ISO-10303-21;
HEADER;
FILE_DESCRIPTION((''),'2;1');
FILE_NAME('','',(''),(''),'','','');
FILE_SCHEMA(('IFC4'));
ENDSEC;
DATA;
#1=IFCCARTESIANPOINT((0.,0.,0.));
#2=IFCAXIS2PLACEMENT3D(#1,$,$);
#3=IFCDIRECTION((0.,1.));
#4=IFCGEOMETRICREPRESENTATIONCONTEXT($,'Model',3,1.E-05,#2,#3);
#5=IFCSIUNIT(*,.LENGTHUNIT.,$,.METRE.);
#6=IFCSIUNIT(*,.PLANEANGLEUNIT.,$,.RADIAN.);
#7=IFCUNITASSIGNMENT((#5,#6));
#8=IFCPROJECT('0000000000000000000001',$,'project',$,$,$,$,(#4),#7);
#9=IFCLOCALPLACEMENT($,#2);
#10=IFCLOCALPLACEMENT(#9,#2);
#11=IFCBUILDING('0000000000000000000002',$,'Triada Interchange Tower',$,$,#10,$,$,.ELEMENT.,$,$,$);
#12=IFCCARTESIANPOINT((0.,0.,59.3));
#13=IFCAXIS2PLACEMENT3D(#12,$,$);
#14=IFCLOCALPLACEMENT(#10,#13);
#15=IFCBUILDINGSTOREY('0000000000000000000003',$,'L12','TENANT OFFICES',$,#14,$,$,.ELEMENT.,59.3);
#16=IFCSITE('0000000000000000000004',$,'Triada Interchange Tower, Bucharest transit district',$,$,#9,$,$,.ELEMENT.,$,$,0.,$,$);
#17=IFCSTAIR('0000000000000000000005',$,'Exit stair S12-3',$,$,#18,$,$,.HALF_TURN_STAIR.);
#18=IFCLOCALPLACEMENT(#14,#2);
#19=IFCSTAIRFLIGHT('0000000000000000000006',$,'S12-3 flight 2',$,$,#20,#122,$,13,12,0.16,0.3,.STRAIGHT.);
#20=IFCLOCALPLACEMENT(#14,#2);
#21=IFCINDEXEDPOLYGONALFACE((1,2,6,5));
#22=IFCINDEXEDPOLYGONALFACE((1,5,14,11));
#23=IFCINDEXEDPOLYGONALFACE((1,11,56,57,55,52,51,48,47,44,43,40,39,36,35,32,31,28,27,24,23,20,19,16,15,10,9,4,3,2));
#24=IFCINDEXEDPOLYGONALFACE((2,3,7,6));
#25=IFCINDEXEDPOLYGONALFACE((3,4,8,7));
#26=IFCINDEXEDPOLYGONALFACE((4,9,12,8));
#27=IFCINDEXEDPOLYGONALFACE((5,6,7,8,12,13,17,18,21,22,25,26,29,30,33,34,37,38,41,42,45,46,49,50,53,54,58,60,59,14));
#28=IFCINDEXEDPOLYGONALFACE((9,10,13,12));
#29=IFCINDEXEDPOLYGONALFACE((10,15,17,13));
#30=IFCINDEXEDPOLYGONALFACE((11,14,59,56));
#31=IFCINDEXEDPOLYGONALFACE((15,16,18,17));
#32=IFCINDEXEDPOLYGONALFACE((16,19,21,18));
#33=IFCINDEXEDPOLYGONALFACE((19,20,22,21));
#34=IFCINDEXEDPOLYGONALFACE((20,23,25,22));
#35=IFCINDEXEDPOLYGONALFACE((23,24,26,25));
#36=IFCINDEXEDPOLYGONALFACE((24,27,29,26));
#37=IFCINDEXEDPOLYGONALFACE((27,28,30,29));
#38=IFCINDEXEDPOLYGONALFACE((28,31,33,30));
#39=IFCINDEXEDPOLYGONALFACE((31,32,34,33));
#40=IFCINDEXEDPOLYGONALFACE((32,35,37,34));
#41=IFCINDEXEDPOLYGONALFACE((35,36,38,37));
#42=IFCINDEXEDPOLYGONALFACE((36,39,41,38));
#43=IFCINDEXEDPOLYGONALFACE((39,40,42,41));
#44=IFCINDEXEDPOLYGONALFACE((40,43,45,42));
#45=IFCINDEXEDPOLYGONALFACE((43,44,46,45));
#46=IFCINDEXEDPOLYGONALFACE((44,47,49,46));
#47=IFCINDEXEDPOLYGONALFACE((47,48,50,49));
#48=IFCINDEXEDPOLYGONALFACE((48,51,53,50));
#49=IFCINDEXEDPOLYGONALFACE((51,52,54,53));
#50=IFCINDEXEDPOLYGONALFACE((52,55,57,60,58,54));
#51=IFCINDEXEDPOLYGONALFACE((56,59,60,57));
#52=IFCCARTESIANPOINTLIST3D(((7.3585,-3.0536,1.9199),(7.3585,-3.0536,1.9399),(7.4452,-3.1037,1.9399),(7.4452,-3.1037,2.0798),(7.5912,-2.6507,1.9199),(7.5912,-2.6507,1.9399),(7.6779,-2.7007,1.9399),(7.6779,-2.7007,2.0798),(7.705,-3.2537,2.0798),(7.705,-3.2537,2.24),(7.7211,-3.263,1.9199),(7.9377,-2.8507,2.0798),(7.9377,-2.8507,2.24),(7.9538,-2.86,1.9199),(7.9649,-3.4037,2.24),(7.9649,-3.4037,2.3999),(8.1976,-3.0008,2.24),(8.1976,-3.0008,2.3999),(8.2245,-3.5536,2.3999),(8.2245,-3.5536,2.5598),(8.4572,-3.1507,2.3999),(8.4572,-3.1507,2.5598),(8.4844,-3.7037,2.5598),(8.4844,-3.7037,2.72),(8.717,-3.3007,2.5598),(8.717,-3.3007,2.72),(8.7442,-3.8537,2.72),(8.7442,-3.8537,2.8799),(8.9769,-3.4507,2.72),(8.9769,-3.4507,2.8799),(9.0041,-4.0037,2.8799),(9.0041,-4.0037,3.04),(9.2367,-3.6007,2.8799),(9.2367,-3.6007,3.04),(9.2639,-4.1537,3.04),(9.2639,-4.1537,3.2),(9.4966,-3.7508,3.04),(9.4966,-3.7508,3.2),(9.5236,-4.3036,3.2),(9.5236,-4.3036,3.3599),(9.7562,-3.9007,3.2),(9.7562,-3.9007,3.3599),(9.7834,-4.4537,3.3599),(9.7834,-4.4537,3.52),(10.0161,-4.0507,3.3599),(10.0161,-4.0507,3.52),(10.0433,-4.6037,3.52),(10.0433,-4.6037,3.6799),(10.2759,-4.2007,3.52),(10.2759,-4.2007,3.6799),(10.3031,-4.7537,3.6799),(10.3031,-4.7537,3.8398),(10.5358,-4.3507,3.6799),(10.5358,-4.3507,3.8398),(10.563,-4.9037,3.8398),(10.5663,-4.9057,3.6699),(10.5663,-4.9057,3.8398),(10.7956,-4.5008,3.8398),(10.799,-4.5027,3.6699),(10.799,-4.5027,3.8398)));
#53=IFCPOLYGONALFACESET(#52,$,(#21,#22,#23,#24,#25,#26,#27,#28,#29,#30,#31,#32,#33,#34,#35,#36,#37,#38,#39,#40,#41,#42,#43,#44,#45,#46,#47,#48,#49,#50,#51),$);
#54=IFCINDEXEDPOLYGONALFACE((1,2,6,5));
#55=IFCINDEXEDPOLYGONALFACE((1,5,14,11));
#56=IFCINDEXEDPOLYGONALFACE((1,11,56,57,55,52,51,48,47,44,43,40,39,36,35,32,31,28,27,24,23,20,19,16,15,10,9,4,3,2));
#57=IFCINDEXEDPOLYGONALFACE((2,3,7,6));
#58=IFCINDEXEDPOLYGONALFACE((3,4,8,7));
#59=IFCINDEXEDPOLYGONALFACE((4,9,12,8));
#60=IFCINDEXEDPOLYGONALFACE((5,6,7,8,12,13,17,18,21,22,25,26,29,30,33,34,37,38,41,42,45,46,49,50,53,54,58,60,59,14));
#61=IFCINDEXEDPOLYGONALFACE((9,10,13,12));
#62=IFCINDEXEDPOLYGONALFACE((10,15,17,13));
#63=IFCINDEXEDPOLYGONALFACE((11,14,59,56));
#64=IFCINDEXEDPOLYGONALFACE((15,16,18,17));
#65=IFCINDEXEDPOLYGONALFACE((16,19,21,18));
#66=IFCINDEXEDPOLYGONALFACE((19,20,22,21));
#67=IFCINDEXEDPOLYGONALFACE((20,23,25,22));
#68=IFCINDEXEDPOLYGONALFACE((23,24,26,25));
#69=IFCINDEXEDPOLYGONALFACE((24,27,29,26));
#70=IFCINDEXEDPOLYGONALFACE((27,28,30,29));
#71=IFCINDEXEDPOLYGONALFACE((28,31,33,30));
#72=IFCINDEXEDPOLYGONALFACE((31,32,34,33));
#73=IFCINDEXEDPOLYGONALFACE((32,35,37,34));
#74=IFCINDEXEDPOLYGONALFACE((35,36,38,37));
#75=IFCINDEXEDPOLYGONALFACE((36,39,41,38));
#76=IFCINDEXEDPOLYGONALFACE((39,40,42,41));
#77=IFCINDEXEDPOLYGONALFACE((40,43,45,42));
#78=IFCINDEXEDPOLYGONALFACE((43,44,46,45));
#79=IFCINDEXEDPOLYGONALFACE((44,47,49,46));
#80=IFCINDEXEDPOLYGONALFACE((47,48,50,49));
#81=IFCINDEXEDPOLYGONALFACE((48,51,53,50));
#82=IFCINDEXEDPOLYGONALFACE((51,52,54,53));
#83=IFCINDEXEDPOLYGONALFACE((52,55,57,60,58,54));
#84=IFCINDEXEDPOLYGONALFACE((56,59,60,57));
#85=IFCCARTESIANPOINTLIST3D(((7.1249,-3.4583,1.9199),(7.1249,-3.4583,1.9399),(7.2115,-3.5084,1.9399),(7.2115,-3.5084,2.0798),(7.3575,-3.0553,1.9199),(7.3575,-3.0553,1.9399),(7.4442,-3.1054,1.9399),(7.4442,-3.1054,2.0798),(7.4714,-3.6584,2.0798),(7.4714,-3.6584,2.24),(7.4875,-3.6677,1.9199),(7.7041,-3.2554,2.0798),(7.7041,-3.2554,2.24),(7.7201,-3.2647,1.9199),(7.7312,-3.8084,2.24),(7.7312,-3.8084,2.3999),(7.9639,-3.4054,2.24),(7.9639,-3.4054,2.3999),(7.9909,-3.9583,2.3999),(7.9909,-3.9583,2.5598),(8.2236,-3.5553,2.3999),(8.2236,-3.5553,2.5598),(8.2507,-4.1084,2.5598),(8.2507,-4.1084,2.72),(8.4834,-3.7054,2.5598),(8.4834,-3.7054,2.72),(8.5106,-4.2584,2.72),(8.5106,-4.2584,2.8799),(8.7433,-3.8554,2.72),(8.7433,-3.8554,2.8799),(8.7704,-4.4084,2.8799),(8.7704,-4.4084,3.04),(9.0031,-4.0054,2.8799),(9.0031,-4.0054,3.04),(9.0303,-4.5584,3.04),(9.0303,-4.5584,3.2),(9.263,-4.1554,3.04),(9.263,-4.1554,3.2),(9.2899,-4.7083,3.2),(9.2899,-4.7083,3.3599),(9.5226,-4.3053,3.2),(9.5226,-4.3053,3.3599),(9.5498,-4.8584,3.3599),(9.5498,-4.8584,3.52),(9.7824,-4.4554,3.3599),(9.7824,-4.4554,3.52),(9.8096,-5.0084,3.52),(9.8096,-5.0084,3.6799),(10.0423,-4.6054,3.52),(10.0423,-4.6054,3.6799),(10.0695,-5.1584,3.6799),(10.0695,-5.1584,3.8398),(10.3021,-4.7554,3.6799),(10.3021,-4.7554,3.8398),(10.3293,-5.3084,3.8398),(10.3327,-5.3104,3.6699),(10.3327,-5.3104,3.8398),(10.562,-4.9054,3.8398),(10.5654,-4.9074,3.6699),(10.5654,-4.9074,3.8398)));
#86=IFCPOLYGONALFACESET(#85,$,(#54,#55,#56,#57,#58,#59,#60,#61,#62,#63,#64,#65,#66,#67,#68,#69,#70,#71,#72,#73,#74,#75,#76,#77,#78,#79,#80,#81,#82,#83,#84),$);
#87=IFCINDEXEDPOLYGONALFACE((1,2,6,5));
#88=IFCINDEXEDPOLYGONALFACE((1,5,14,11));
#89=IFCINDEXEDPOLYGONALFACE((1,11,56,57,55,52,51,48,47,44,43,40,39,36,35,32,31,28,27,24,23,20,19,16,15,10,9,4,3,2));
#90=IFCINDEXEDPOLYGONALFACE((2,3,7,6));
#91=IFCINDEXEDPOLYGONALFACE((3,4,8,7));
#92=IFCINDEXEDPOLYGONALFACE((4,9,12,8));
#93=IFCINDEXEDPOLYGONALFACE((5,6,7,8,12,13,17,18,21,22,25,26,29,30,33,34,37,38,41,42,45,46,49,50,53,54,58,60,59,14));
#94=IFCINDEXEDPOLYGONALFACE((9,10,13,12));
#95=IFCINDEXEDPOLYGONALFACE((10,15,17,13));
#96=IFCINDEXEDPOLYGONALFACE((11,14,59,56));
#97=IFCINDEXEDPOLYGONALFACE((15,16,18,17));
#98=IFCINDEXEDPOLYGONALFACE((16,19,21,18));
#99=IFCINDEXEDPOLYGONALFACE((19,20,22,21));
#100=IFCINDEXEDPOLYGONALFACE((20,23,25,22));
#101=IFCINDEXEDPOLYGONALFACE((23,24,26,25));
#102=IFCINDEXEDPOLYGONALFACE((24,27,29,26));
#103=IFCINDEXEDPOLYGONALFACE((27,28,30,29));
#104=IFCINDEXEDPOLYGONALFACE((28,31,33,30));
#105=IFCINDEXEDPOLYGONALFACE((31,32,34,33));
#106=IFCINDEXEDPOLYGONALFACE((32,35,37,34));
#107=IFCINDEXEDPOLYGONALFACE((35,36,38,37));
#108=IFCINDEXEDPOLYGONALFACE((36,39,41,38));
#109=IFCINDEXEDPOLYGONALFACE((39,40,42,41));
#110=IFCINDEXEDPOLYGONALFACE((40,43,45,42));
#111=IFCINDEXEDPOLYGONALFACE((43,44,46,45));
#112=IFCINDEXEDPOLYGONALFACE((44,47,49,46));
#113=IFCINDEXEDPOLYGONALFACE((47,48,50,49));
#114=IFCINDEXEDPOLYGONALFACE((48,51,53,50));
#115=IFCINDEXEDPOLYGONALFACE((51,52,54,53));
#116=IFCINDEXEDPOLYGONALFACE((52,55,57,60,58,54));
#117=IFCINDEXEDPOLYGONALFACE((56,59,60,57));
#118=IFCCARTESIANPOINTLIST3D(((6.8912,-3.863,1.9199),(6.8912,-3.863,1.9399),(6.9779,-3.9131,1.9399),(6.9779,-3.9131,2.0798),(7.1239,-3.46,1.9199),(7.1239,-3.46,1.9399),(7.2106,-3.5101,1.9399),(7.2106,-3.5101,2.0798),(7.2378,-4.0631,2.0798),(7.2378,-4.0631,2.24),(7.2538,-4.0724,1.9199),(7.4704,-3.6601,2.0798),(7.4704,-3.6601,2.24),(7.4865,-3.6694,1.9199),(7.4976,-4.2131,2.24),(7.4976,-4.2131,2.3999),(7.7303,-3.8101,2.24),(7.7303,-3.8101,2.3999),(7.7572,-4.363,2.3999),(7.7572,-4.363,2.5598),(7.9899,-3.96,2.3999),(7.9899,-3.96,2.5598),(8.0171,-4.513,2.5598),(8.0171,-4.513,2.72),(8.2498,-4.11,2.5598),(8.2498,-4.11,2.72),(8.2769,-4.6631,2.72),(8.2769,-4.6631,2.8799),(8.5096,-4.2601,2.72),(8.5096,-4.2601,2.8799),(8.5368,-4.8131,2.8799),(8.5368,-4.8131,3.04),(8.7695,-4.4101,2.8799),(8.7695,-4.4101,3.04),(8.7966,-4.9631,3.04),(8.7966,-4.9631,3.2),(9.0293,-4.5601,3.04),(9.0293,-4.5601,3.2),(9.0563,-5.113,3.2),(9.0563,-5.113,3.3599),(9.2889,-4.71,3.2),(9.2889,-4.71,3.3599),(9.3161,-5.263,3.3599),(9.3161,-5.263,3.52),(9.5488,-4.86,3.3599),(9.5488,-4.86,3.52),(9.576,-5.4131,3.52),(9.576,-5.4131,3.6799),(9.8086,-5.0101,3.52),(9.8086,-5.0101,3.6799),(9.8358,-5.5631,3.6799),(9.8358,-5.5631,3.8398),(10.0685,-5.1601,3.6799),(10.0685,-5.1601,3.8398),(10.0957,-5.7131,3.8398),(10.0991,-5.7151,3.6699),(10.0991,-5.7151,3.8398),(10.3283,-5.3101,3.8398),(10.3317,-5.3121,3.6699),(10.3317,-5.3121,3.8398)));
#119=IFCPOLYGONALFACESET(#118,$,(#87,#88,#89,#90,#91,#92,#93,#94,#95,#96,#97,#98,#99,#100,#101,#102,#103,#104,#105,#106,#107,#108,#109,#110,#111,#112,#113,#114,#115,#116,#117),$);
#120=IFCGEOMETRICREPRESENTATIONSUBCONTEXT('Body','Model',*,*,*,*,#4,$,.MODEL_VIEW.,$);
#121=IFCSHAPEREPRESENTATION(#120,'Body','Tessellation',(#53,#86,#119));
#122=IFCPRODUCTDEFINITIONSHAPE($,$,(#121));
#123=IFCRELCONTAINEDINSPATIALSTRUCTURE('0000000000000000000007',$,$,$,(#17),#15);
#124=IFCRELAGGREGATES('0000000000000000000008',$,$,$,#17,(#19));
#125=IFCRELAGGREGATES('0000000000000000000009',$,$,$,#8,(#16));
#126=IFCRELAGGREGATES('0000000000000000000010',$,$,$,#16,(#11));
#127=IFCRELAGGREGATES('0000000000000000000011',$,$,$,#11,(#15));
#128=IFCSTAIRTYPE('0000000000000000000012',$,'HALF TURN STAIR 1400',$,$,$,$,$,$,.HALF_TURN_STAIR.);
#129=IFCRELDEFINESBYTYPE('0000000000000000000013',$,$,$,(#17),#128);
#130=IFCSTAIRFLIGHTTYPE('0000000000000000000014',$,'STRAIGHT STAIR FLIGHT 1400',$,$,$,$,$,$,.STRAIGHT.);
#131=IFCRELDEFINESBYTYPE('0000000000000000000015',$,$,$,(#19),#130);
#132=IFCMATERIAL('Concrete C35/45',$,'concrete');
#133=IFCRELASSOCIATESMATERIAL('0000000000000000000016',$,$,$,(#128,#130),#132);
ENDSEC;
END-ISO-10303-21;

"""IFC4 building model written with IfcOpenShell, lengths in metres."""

from ifc_helpers import new_model, si_unit, direction, frame, origin, place, context, subcontext, project, spatial, polyline, outline, extrude, material, type_object, element, aggregate, save


model = new_model("IFC4")

# Units and contexts
model_context = context("Model", 3, precision=1e-05, world=origin(), true_north=direction((0.0, 1.0)))
body_context = subcontext(model_context, "Body", "Model", "MODEL_VIEW")
ifc_project = project(units=[si_unit("LENGTHUNIT", "METRE"), si_unit("PLANEANGLEUNIT", "RADIAN")], contexts=[model_context])

# Site, building, storey
site_placement = place(None, origin())
site = spatial("IfcSite", under=ifc_project, at=site_placement, Name="Triada Interchange Tower, Bucharest transit district", CompositionType="ELEMENT", RefElevation=0.0)
building_placement = place(site_placement, origin())
building = spatial("IfcBuilding", under=site, at=building_placement, Name="Triada Interchange Tower", CompositionType="ELEMENT")
storey_placement = place(building_placement, frame((0.0, 0.0, 59.3)))
storey = spatial("IfcBuildingStorey", under=building, at=storey_placement, Name="L12", Description="TENANT OFFICES", CompositionType="ELEMENT", Elevation=59.3)

# Stair, stair flight
ifc_material_1 = material(Name="Concrete C35/45", Category="concrete")
stair_type = type_object("IfcStairType", Name="HALF TURN STAIR 1400", PredefinedType="HALF_TURN_STAIR", material=ifc_material_1)
stair_placement = place(storey_placement, origin())
stair = element("IfcStair", 1, at=stair_placement, inside=storey, type_object=stair_type, Name="Exit stair S12-3", PredefinedType="HALF_TURN_STAIR")
stair_flight_type = type_object("IfcStairFlightType", Name="STRAIGHT STAIR FLIGHT 1400", PredefinedType="STRAIGHT", material=ifc_material_1)
stair_flight_1_placement = place(storey_placement, frame((7.3279, -3.3069, 1.9199), z_axis=(0.0, 0.0, 1.0), x_axis=(0.866025, -0.5, 0.0)))
stair_flight_1 = element("IfcStairFlight", 2, at=stair_flight_1_placement, type_object=stair_flight_type, Name="S12-3 flight 2", NumberOfRisers=13, NumberOfTreads=12, PredefinedType="STRAIGHT", RiserHeight=0.16, TreadLength=0.3, context=body_context, shape_type="SweptSolid", body=[
    extrude(outline(polyline([(-0.1001, 0.0), (-0.1001, 0.02), (0.0, 0.02), (0.0, 0.1599), (0.3, 0.1599), (0.3, 0.3201), (0.6001, 0.3201), (0.6001, 0.48), (0.8999, 0.48), (0.8999, 0.6399), (1.2, 0.6399), (1.2, 0.8), (1.5, 0.8), (1.5, 0.96), (1.8, 0.96), (1.8, 1.1201), (2.1001, 1.1201), (2.1001, 1.28), (2.3999, 1.28), (2.3999, 1.4399), (2.7, 1.4399), (2.7, 1.6001), (3.0, 1.6001), (3.0, 1.76), (3.3, 1.76), (3.3, 1.9199), (3.6001, 1.9199), (3.604, 1.9199), (3.604, 2.0801), (3.604, 1.75), (0.3186, 0.0), (-0.1001, 0.0)])), frame((0.0, 0.7, 0.0), z_axis=(0.0, -1.0, 0.0), x_axis=(1.0, 0.0, 0.0)), (0.0, 0.0, 1.0), 0.4653),
    extrude(outline(polyline([(-0.1001, 0.0), (-0.1001, 0.02), (0.0, 0.02), (0.0, 0.1599), (0.3, 0.1599), (0.3, 0.3201), (0.6001, 0.3201), (0.6001, 0.48), (0.8999, 0.48), (0.8999, 0.6399), (1.2, 0.6399), (1.2, 0.8), (1.5, 0.8), (1.5, 0.96), (1.8, 0.96), (1.8, 1.1201), (2.1001, 1.1201), (2.1001, 1.28), (2.3999, 1.28), (2.3999, 1.4399), (2.7, 1.4399), (2.7, 1.6001), (3.0, 1.6001), (3.0, 1.76), (3.3, 1.76), (3.3, 1.9199), (3.6001, 1.9199), (3.604, 1.9199), (3.604, 2.0801), (3.604, 1.75), (0.3186, 0.0), (-0.1001, 0.0)])), frame((0.0, 0.2327, 0.0), z_axis=(0.0, -1.0, 0.0), x_axis=(1.0, 0.0, 0.0)), (0.0, 0.0, 1.0), 0.4653),
    extrude(outline(polyline([(-0.1001, 0.0), (-0.1001, 0.02), (0.0, 0.02), (0.0, 0.1599), (0.3, 0.1599), (0.3, 0.3201), (0.6001, 0.3201), (0.6001, 0.48), (0.8999, 0.48), (0.8999, 0.6399), (1.2, 0.6399), (1.2, 0.8), (1.5, 0.8), (1.5, 0.96), (1.8, 0.96), (1.8, 1.1201), (2.1001, 1.1201), (2.1001, 1.28), (2.3999, 1.28), (2.3999, 1.4399), (2.7, 1.4399), (2.7, 1.6001), (3.0, 1.6001), (3.0, 1.76), (3.3, 1.76), (3.3, 1.9199), (3.6001, 1.9199), (3.604, 1.9199), (3.604, 2.0801), (3.604, 1.75), (0.3186, 0.0), (-0.1001, 0.0)])), frame((0.0, -0.2346, 0.0), z_axis=(0.0, -1.0, 0.0), x_axis=(1.0, 0.0, 0.0)), (0.0, 0.0, 1.0), 0.4653),
])
aggregate(stair, [stair_flight_1])

save(model, "model.ifc")
